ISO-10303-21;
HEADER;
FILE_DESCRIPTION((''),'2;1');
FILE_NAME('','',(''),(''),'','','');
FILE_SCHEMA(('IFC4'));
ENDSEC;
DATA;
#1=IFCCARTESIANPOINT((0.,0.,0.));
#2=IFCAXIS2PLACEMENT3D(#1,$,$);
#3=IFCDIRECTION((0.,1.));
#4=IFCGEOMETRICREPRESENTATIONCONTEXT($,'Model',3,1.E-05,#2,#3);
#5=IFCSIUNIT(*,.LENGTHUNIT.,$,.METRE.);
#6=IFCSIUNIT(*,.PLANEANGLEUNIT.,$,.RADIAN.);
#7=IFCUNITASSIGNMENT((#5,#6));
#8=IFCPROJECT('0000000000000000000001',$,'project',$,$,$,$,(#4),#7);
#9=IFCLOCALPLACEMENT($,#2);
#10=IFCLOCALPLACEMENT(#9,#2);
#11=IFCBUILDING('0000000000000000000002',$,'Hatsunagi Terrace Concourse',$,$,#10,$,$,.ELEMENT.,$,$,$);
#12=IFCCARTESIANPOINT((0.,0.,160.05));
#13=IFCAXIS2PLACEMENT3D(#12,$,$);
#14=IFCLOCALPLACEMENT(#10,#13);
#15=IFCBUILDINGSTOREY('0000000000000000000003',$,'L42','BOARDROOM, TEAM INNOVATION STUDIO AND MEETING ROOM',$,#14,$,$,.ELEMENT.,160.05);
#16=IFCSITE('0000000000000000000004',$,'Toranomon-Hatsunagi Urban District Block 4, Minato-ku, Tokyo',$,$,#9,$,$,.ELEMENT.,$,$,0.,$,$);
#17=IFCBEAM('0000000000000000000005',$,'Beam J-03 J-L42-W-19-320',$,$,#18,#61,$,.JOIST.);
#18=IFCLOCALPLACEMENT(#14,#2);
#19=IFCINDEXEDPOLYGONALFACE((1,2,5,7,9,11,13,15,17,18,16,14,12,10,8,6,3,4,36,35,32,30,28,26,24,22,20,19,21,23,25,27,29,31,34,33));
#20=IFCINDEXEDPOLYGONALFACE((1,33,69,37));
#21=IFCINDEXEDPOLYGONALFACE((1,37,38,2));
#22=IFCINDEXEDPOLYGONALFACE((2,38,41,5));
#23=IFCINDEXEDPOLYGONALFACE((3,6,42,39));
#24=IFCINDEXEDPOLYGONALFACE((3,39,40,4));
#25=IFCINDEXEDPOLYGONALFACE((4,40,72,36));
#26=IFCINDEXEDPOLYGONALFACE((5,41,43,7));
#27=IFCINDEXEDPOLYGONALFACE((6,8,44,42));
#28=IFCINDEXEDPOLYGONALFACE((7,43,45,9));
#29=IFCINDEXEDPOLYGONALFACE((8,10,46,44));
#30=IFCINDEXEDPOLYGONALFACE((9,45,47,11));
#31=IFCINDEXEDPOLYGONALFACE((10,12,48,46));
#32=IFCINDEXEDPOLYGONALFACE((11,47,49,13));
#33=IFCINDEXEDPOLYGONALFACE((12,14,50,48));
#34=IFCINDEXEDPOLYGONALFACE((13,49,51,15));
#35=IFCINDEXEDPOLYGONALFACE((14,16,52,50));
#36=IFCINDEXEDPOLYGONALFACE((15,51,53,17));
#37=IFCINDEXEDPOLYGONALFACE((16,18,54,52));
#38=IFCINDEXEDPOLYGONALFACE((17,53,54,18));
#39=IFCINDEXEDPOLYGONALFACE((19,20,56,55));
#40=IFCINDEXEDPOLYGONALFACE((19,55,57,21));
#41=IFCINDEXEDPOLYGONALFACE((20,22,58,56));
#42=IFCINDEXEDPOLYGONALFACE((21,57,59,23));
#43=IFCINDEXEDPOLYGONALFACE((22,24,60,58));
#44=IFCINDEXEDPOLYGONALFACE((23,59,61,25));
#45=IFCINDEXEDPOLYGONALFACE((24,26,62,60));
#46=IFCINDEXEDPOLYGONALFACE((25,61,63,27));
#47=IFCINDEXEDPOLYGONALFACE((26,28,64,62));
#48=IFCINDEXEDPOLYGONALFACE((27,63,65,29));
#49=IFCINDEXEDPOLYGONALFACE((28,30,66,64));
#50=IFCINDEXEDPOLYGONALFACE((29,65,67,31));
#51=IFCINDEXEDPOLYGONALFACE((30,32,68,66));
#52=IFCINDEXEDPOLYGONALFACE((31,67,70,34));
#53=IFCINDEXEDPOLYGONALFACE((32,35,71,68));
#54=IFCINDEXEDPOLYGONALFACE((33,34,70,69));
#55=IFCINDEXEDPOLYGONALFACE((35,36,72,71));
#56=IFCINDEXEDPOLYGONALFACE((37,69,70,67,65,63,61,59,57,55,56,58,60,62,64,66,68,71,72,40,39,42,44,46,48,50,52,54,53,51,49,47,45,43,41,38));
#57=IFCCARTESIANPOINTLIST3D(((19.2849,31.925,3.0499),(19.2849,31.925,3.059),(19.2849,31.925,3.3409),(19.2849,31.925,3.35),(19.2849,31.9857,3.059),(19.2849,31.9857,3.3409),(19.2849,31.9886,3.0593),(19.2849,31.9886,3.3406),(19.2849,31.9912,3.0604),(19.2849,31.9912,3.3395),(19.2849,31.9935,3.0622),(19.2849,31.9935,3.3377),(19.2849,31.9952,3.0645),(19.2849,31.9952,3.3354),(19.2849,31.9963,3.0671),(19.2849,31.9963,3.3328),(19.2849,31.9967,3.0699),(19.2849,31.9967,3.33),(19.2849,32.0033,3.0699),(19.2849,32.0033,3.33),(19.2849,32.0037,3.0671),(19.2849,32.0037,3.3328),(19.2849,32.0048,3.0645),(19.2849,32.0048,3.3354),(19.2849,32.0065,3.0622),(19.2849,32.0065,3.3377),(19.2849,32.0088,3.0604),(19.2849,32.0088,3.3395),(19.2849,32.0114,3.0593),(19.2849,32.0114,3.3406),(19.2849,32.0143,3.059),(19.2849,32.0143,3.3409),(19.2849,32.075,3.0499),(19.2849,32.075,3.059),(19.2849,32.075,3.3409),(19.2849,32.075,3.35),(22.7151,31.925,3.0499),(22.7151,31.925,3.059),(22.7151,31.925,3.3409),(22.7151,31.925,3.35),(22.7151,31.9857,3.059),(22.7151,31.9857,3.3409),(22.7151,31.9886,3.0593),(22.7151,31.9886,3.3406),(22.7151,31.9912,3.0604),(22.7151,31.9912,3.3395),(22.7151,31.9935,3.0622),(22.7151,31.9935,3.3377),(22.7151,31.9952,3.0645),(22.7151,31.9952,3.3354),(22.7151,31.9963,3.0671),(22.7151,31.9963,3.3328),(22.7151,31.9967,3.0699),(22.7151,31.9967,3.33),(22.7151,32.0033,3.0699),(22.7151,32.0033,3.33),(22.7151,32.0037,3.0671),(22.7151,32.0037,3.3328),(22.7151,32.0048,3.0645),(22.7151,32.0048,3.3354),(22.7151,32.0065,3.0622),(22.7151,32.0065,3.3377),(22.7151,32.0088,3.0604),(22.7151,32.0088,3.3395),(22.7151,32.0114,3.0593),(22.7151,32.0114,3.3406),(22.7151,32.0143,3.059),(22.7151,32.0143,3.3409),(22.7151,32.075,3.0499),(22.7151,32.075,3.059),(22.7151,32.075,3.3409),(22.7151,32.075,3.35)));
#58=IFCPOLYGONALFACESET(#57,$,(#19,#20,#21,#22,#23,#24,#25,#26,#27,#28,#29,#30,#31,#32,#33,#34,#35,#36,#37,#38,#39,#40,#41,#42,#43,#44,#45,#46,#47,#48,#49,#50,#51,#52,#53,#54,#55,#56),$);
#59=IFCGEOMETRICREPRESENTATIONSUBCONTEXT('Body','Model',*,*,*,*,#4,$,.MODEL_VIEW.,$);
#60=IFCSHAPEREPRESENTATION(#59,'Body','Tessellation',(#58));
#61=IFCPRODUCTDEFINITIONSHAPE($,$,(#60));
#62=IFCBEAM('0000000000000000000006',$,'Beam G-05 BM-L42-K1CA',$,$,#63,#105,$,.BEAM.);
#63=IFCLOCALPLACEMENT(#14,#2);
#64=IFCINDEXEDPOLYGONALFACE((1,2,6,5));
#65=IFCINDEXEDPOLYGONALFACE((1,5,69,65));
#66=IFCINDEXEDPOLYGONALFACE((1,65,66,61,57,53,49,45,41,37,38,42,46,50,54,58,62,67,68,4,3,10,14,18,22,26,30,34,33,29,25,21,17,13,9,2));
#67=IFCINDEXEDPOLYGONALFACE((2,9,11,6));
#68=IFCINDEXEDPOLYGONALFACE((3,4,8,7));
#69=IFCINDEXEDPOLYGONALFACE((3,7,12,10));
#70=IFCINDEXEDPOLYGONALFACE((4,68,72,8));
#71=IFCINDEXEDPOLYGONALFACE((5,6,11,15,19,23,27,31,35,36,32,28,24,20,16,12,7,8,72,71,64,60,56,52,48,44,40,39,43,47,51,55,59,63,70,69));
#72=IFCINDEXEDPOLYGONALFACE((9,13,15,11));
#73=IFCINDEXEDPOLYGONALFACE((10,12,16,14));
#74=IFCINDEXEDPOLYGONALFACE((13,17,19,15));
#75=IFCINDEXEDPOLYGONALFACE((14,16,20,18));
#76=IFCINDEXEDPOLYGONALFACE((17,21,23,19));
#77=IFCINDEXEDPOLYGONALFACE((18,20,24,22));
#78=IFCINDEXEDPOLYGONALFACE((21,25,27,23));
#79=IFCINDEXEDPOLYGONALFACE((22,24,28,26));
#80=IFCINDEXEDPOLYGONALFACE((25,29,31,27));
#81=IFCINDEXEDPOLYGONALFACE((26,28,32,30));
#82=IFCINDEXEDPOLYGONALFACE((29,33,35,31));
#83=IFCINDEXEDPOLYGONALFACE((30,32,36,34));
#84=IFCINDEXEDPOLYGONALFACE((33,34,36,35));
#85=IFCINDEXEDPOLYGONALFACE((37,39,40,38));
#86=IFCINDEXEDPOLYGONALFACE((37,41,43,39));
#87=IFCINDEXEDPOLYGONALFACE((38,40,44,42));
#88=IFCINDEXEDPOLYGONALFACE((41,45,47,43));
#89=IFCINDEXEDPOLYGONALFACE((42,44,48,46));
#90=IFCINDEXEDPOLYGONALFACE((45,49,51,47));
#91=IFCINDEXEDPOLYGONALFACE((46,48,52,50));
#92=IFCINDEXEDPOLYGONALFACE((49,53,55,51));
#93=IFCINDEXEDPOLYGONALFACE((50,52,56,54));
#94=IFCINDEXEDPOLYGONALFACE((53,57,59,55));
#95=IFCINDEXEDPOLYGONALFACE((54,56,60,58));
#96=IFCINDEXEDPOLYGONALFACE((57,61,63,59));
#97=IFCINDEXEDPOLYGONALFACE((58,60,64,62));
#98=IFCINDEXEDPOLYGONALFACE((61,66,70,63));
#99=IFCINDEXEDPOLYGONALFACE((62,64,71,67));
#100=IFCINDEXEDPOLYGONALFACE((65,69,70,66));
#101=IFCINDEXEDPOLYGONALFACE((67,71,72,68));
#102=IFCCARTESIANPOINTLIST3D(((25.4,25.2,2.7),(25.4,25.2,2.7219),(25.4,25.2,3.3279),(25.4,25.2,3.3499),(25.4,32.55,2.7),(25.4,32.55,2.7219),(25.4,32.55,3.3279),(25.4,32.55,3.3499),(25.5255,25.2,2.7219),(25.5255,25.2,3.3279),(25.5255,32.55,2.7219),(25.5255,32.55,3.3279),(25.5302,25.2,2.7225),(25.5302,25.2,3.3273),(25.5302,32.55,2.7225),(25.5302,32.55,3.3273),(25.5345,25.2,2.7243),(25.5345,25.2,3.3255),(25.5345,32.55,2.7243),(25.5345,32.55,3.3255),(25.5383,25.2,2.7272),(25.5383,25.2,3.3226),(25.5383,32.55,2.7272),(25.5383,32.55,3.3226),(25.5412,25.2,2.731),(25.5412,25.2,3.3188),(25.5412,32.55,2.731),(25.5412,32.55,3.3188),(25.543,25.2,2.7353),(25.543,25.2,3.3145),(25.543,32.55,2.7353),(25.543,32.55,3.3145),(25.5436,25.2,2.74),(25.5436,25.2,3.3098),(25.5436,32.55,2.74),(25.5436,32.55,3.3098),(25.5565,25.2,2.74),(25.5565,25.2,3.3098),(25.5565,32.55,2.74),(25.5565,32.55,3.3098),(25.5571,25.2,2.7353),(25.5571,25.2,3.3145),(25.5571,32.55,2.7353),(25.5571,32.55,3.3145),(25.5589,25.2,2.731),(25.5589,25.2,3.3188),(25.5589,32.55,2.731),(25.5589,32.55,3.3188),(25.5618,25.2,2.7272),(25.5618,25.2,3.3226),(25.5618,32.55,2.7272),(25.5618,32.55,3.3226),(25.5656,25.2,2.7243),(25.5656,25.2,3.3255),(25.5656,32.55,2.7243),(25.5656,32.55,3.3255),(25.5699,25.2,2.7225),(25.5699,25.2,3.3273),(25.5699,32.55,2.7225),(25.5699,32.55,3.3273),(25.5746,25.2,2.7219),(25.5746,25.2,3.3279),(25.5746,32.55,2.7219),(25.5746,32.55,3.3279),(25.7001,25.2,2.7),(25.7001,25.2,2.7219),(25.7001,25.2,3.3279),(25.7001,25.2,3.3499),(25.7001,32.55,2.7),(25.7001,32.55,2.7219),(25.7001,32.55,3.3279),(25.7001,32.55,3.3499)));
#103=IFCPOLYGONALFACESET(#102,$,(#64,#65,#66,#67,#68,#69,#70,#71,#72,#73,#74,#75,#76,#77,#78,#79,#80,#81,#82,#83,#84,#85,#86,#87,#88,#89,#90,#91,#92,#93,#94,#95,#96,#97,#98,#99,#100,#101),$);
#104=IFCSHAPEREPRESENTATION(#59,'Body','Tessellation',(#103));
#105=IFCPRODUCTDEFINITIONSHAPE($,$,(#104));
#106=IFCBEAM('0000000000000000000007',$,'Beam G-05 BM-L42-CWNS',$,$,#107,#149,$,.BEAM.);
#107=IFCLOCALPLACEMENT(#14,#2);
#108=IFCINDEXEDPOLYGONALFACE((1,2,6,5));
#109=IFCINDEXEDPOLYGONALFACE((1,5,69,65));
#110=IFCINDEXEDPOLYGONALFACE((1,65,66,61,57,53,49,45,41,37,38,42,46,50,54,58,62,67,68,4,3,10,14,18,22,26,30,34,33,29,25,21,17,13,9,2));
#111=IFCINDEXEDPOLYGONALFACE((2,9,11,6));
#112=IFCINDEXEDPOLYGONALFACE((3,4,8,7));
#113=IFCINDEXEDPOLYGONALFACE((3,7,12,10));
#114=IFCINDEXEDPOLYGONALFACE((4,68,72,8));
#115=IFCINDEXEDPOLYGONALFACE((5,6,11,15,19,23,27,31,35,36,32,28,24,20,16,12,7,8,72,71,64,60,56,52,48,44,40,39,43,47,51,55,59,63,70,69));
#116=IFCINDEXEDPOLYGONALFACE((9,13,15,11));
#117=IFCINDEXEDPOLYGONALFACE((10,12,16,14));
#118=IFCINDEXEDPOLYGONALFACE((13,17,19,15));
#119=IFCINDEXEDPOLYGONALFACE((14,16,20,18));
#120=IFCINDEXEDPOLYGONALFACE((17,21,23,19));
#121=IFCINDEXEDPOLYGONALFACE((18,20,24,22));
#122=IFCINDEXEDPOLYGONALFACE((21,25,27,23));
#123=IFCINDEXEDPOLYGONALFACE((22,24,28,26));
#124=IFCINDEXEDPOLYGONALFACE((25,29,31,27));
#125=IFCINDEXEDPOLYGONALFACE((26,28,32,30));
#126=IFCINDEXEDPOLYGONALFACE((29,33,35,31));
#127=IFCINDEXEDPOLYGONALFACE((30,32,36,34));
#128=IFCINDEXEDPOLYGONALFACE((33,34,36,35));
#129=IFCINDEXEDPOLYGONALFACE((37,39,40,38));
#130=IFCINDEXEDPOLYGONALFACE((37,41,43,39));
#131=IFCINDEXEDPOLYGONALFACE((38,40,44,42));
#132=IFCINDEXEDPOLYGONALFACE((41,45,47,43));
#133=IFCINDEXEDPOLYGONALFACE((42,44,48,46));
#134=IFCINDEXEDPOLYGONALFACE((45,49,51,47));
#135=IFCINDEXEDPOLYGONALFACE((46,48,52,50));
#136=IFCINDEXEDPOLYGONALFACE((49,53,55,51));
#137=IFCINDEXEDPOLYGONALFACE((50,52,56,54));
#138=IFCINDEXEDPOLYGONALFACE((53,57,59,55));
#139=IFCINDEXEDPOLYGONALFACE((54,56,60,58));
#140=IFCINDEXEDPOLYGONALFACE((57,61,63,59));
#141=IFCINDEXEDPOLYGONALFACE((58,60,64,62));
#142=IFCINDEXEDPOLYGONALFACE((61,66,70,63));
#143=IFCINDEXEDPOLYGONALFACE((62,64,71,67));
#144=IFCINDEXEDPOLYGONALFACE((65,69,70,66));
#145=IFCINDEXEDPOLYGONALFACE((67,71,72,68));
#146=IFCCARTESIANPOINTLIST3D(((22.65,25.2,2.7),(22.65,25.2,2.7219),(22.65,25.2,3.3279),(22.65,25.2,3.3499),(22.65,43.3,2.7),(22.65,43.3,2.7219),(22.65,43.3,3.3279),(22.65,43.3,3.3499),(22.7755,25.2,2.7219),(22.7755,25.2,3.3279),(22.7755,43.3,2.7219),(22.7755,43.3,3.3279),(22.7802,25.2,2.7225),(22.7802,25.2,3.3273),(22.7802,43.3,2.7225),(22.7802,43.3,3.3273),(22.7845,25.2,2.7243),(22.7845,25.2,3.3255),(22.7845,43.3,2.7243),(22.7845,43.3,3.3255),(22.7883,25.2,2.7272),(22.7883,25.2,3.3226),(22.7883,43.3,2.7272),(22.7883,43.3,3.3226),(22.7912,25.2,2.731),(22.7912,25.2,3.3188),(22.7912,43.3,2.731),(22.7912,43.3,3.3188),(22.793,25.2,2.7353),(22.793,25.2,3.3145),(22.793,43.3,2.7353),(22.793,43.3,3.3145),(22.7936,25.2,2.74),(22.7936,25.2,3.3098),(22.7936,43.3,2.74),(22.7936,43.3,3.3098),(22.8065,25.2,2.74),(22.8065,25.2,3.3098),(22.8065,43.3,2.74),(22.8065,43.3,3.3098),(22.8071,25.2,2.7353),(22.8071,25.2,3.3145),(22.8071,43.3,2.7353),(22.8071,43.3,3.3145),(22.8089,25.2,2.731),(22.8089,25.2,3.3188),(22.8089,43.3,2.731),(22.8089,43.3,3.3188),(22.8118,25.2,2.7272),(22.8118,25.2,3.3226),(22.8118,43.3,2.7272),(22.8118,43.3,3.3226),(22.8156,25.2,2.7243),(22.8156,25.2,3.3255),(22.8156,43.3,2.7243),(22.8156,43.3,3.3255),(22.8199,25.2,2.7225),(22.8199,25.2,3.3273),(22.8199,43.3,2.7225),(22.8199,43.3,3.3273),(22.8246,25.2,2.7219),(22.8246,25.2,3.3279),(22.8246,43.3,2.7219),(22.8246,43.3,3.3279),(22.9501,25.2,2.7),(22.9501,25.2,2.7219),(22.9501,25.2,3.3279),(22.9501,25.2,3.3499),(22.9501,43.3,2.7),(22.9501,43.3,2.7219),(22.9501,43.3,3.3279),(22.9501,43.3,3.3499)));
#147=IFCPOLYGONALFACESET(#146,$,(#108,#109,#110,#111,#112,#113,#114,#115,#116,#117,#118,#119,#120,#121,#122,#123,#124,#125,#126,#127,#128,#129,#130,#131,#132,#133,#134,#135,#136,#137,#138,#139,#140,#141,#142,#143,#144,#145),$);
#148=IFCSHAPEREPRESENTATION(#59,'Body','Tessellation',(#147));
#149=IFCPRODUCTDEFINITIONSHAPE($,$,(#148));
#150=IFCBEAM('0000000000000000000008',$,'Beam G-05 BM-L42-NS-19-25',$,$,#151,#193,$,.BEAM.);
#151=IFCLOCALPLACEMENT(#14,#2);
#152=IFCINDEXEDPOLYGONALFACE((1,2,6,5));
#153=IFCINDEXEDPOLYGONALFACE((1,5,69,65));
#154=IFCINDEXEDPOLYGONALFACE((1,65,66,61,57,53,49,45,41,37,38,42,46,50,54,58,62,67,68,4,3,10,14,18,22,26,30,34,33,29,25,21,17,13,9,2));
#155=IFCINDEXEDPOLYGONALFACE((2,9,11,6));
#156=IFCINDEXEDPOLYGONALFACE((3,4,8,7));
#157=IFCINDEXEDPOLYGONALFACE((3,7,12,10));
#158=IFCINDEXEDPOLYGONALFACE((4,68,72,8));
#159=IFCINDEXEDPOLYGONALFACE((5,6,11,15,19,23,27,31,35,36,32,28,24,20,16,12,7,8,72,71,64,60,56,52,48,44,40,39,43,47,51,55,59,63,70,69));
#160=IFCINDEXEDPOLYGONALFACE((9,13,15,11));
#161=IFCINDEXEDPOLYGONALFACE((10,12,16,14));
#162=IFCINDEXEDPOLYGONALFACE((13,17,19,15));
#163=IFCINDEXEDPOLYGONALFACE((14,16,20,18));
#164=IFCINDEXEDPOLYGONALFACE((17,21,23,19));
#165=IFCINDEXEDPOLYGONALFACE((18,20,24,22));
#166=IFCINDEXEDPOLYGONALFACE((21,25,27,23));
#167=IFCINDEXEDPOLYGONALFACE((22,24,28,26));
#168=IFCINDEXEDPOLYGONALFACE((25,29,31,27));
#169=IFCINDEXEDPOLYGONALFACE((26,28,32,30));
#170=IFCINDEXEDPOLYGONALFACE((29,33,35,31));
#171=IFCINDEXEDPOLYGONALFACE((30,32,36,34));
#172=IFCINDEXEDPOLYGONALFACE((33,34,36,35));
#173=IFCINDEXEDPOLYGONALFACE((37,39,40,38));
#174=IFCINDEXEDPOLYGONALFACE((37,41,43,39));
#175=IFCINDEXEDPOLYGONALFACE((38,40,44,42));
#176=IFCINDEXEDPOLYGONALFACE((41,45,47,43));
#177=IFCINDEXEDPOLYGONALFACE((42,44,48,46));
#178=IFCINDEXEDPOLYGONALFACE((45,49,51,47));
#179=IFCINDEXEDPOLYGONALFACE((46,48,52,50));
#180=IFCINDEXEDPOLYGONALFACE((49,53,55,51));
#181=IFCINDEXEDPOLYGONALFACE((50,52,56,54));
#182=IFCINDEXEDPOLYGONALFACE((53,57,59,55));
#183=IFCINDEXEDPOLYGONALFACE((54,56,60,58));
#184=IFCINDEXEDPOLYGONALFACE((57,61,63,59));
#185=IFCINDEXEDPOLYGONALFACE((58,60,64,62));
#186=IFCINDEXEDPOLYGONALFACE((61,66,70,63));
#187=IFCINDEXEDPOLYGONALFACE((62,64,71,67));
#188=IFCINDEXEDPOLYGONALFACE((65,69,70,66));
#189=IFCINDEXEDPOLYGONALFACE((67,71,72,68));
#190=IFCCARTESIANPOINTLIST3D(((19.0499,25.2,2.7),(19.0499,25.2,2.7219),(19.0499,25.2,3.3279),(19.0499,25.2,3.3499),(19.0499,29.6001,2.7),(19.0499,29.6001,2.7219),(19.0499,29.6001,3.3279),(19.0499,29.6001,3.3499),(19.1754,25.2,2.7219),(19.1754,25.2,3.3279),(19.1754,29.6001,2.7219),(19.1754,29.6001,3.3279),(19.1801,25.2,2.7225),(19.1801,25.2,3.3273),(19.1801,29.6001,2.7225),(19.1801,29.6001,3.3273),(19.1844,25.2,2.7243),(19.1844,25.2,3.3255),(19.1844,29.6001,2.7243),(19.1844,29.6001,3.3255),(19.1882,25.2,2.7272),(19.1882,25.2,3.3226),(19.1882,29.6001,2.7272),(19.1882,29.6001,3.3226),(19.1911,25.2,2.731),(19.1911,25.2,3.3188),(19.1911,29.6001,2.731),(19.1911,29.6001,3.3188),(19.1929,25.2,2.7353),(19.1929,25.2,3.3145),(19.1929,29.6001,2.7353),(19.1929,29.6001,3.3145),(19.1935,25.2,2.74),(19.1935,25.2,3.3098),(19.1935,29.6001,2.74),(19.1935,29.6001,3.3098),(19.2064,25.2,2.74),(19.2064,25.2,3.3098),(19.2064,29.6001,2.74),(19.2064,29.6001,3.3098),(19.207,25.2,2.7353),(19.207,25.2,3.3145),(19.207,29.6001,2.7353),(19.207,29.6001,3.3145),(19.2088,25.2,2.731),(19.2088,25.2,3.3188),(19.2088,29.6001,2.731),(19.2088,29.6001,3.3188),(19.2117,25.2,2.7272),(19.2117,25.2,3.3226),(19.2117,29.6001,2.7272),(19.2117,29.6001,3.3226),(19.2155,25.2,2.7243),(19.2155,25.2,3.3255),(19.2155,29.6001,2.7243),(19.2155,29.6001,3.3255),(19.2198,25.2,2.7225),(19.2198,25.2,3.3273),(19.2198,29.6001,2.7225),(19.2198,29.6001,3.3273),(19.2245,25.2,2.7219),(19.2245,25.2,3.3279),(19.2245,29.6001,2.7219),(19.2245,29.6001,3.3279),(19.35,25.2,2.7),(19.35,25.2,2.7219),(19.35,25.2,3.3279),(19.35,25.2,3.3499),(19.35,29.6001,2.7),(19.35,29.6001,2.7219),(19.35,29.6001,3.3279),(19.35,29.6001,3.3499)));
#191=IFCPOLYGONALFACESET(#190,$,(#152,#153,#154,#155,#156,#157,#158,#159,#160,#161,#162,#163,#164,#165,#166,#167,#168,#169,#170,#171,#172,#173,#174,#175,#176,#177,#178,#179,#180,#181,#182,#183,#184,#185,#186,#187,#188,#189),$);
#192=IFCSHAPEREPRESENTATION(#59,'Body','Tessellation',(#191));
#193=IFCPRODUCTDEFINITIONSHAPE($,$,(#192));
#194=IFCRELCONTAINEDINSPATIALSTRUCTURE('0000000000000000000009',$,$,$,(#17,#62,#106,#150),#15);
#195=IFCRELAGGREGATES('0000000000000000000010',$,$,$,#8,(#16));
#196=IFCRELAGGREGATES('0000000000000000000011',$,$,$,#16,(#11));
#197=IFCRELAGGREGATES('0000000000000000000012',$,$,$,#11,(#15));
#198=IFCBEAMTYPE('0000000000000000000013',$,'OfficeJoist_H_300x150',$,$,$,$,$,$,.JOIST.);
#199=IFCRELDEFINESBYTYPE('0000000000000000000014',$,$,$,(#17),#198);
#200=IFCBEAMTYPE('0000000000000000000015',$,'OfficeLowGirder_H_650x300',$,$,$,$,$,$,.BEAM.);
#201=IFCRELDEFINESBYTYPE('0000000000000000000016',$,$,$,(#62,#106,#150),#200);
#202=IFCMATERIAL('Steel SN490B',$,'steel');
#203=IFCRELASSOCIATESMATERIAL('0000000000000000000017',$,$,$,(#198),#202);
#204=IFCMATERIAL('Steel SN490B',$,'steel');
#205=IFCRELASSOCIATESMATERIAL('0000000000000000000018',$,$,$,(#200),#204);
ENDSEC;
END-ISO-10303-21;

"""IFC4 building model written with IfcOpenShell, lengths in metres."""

from ifc_helpers import new_model, si_unit, direction, frame, origin, origin_2d, place, context, subcontext, project, spatial, i_section, extrude, material, material_profile, profile_set, type_object, element, save


model = new_model("IFC4")

# Units and contexts
model_context = context("Model", 3, precision=1e-05, world=origin(), true_north=direction((0.0, 1.0)))
body_context = subcontext(model_context, "Body", "Model", "MODEL_VIEW")
ifc_project = project(units=[si_unit("LENGTHUNIT", "METRE"), si_unit("PLANEANGLEUNIT", "RADIAN")], contexts=[model_context])

# Site, building, storey
site_placement = place(None, origin())
site = spatial("IfcSite", under=ifc_project, at=site_placement, Name="Toranomon-Hatsunagi Urban District Block 4, Minato-ku, Tokyo", CompositionType="ELEMENT", RefElevation=0.0)
building_placement = place(site_placement, origin())
building = spatial("IfcBuilding", under=site, at=building_placement, Name="Hatsunagi Terrace Concourse", CompositionType="ELEMENT")
storey_placement = place(building_placement, frame((0.0, 0.0, 160.05)))
storey = spatial("IfcBuildingStorey", under=building, at=storey_placement, Name="L42", Description="BOARDROOM, TEAM INNOVATION STUDIO AND MEETING ROOM", CompositionType="ELEMENT", Elevation=160.05)

# Beams
ifc_material_1 = material(Name="Steel SN490B", Category="steel")
ifc_material_profile_1 = material_profile(ifc_material_1, i_section(OverallWidth=0.1499, OverallDepth=0.3, WebThickness=0.0066, FlangeThickness=0.009, FilletRadius=0.011, at=origin_2d()), Name="H-300x150x6.5x9")
ifc_profile_set_1 = profile_set([ifc_material_profile_1], Name="Steel SN490B")
beam_type_1 = type_object("IfcBeamType", Name="OfficeJoist_H_300x150", PredefinedType="JOIST", material=ifc_profile_set_1)
for number, where, z_axis, x_axis, name in (
    (1, (19.2849, 32.0, 3.2), (1.0, 0.0, 0.0), (0.0, 1.0, 0.0), "Beam J-03 J-L42-W-19-320"),
):
    element("IfcBeam", number, at=place(storey_placement, frame(where, z_axis=z_axis, x_axis=x_axis)), inside=storey, type_object=beam_type_1, Name=name, PredefinedType="JOIST", context=body_context, shape_type="SweptSolid", body=[
        extrude(i_section(OverallWidth=0.1499, OverallDepth=0.3, WebThickness=0.0066, FlangeThickness=0.009, FilletRadius=0.011, at=origin_2d()), origin(), (0.0, 0.0, 1.0), 3.4302),
    ])
ifc_material_2 = material(Name="Steel SN490B", Category="steel")
ifc_material_profile_2 = material_profile(ifc_material_2, i_section(OverallWidth=0.3, OverallDepth=0.6499, WebThickness=0.0129, FlangeThickness=0.022, FilletRadius=0.0181, at=origin_2d()), Name="H-650x300x13x22")
ifc_profile_set_2 = profile_set([ifc_material_profile_2], Name="Steel SN490B")
beam_type_2 = type_object("IfcBeamType", Name="OfficeLowGirder_H_650x300", PredefinedType="BEAM", material=ifc_profile_set_2)
beam_1_placement = place(storey_placement, frame((25.55, 25.2, 3.0249), z_axis=(0.0, 1.0, 0.0), x_axis=(-1.0, 0.0, 0.0)))
element("IfcBeam", 2, at=beam_1_placement, inside=storey, type_object=beam_type_2, Name="Beam G-05 BM-L42-K1CA", PredefinedType="BEAM", context=body_context, shape_type="SweptSolid", body=[
    extrude(i_section(OverallWidth=0.3, OverallDepth=0.6499, WebThickness=0.0129, FlangeThickness=0.022, FilletRadius=0.0181, at=origin_2d()), origin(), (0.0, 0.0, 1.0), 7.3501),
])
beam_2_placement = place(storey_placement, frame((22.8, 25.2, 3.0249), z_axis=(0.0, 1.0, 0.0), x_axis=(-1.0, 0.0, 0.0)))
element("IfcBeam", 3, at=beam_2_placement, inside=storey, type_object=beam_type_2, Name="Beam G-05 BM-L42-CWNS", PredefinedType="BEAM", context=body_context, shape_type="SweptSolid", body=[
    extrude(i_section(OverallWidth=0.3, OverallDepth=0.6499, WebThickness=0.0129, FlangeThickness=0.022, FilletRadius=0.0181, at=origin_2d()), origin(), (0.0, 0.0, 1.0), 18.1001),
])
beam_3_placement = place(storey_placement, frame((19.2, 25.2, 3.0249), z_axis=(0.0, 1.0, 0.0), x_axis=(-1.0, 0.0, 0.0)))
element("IfcBeam", 4, at=beam_3_placement, inside=storey, type_object=beam_type_2, Name="Beam G-05 BM-L42-NS-19-25", PredefinedType="BEAM", context=body_context, shape_type="SweptSolid", body=[
    extrude(i_section(OverallWidth=0.3, OverallDepth=0.6499, WebThickness=0.0129, FlangeThickness=0.022, FilletRadius=0.0181, at=origin_2d()), origin(), (0.0, 0.0, 1.0), 4.4001),
])

save(model, "model.ifc")
